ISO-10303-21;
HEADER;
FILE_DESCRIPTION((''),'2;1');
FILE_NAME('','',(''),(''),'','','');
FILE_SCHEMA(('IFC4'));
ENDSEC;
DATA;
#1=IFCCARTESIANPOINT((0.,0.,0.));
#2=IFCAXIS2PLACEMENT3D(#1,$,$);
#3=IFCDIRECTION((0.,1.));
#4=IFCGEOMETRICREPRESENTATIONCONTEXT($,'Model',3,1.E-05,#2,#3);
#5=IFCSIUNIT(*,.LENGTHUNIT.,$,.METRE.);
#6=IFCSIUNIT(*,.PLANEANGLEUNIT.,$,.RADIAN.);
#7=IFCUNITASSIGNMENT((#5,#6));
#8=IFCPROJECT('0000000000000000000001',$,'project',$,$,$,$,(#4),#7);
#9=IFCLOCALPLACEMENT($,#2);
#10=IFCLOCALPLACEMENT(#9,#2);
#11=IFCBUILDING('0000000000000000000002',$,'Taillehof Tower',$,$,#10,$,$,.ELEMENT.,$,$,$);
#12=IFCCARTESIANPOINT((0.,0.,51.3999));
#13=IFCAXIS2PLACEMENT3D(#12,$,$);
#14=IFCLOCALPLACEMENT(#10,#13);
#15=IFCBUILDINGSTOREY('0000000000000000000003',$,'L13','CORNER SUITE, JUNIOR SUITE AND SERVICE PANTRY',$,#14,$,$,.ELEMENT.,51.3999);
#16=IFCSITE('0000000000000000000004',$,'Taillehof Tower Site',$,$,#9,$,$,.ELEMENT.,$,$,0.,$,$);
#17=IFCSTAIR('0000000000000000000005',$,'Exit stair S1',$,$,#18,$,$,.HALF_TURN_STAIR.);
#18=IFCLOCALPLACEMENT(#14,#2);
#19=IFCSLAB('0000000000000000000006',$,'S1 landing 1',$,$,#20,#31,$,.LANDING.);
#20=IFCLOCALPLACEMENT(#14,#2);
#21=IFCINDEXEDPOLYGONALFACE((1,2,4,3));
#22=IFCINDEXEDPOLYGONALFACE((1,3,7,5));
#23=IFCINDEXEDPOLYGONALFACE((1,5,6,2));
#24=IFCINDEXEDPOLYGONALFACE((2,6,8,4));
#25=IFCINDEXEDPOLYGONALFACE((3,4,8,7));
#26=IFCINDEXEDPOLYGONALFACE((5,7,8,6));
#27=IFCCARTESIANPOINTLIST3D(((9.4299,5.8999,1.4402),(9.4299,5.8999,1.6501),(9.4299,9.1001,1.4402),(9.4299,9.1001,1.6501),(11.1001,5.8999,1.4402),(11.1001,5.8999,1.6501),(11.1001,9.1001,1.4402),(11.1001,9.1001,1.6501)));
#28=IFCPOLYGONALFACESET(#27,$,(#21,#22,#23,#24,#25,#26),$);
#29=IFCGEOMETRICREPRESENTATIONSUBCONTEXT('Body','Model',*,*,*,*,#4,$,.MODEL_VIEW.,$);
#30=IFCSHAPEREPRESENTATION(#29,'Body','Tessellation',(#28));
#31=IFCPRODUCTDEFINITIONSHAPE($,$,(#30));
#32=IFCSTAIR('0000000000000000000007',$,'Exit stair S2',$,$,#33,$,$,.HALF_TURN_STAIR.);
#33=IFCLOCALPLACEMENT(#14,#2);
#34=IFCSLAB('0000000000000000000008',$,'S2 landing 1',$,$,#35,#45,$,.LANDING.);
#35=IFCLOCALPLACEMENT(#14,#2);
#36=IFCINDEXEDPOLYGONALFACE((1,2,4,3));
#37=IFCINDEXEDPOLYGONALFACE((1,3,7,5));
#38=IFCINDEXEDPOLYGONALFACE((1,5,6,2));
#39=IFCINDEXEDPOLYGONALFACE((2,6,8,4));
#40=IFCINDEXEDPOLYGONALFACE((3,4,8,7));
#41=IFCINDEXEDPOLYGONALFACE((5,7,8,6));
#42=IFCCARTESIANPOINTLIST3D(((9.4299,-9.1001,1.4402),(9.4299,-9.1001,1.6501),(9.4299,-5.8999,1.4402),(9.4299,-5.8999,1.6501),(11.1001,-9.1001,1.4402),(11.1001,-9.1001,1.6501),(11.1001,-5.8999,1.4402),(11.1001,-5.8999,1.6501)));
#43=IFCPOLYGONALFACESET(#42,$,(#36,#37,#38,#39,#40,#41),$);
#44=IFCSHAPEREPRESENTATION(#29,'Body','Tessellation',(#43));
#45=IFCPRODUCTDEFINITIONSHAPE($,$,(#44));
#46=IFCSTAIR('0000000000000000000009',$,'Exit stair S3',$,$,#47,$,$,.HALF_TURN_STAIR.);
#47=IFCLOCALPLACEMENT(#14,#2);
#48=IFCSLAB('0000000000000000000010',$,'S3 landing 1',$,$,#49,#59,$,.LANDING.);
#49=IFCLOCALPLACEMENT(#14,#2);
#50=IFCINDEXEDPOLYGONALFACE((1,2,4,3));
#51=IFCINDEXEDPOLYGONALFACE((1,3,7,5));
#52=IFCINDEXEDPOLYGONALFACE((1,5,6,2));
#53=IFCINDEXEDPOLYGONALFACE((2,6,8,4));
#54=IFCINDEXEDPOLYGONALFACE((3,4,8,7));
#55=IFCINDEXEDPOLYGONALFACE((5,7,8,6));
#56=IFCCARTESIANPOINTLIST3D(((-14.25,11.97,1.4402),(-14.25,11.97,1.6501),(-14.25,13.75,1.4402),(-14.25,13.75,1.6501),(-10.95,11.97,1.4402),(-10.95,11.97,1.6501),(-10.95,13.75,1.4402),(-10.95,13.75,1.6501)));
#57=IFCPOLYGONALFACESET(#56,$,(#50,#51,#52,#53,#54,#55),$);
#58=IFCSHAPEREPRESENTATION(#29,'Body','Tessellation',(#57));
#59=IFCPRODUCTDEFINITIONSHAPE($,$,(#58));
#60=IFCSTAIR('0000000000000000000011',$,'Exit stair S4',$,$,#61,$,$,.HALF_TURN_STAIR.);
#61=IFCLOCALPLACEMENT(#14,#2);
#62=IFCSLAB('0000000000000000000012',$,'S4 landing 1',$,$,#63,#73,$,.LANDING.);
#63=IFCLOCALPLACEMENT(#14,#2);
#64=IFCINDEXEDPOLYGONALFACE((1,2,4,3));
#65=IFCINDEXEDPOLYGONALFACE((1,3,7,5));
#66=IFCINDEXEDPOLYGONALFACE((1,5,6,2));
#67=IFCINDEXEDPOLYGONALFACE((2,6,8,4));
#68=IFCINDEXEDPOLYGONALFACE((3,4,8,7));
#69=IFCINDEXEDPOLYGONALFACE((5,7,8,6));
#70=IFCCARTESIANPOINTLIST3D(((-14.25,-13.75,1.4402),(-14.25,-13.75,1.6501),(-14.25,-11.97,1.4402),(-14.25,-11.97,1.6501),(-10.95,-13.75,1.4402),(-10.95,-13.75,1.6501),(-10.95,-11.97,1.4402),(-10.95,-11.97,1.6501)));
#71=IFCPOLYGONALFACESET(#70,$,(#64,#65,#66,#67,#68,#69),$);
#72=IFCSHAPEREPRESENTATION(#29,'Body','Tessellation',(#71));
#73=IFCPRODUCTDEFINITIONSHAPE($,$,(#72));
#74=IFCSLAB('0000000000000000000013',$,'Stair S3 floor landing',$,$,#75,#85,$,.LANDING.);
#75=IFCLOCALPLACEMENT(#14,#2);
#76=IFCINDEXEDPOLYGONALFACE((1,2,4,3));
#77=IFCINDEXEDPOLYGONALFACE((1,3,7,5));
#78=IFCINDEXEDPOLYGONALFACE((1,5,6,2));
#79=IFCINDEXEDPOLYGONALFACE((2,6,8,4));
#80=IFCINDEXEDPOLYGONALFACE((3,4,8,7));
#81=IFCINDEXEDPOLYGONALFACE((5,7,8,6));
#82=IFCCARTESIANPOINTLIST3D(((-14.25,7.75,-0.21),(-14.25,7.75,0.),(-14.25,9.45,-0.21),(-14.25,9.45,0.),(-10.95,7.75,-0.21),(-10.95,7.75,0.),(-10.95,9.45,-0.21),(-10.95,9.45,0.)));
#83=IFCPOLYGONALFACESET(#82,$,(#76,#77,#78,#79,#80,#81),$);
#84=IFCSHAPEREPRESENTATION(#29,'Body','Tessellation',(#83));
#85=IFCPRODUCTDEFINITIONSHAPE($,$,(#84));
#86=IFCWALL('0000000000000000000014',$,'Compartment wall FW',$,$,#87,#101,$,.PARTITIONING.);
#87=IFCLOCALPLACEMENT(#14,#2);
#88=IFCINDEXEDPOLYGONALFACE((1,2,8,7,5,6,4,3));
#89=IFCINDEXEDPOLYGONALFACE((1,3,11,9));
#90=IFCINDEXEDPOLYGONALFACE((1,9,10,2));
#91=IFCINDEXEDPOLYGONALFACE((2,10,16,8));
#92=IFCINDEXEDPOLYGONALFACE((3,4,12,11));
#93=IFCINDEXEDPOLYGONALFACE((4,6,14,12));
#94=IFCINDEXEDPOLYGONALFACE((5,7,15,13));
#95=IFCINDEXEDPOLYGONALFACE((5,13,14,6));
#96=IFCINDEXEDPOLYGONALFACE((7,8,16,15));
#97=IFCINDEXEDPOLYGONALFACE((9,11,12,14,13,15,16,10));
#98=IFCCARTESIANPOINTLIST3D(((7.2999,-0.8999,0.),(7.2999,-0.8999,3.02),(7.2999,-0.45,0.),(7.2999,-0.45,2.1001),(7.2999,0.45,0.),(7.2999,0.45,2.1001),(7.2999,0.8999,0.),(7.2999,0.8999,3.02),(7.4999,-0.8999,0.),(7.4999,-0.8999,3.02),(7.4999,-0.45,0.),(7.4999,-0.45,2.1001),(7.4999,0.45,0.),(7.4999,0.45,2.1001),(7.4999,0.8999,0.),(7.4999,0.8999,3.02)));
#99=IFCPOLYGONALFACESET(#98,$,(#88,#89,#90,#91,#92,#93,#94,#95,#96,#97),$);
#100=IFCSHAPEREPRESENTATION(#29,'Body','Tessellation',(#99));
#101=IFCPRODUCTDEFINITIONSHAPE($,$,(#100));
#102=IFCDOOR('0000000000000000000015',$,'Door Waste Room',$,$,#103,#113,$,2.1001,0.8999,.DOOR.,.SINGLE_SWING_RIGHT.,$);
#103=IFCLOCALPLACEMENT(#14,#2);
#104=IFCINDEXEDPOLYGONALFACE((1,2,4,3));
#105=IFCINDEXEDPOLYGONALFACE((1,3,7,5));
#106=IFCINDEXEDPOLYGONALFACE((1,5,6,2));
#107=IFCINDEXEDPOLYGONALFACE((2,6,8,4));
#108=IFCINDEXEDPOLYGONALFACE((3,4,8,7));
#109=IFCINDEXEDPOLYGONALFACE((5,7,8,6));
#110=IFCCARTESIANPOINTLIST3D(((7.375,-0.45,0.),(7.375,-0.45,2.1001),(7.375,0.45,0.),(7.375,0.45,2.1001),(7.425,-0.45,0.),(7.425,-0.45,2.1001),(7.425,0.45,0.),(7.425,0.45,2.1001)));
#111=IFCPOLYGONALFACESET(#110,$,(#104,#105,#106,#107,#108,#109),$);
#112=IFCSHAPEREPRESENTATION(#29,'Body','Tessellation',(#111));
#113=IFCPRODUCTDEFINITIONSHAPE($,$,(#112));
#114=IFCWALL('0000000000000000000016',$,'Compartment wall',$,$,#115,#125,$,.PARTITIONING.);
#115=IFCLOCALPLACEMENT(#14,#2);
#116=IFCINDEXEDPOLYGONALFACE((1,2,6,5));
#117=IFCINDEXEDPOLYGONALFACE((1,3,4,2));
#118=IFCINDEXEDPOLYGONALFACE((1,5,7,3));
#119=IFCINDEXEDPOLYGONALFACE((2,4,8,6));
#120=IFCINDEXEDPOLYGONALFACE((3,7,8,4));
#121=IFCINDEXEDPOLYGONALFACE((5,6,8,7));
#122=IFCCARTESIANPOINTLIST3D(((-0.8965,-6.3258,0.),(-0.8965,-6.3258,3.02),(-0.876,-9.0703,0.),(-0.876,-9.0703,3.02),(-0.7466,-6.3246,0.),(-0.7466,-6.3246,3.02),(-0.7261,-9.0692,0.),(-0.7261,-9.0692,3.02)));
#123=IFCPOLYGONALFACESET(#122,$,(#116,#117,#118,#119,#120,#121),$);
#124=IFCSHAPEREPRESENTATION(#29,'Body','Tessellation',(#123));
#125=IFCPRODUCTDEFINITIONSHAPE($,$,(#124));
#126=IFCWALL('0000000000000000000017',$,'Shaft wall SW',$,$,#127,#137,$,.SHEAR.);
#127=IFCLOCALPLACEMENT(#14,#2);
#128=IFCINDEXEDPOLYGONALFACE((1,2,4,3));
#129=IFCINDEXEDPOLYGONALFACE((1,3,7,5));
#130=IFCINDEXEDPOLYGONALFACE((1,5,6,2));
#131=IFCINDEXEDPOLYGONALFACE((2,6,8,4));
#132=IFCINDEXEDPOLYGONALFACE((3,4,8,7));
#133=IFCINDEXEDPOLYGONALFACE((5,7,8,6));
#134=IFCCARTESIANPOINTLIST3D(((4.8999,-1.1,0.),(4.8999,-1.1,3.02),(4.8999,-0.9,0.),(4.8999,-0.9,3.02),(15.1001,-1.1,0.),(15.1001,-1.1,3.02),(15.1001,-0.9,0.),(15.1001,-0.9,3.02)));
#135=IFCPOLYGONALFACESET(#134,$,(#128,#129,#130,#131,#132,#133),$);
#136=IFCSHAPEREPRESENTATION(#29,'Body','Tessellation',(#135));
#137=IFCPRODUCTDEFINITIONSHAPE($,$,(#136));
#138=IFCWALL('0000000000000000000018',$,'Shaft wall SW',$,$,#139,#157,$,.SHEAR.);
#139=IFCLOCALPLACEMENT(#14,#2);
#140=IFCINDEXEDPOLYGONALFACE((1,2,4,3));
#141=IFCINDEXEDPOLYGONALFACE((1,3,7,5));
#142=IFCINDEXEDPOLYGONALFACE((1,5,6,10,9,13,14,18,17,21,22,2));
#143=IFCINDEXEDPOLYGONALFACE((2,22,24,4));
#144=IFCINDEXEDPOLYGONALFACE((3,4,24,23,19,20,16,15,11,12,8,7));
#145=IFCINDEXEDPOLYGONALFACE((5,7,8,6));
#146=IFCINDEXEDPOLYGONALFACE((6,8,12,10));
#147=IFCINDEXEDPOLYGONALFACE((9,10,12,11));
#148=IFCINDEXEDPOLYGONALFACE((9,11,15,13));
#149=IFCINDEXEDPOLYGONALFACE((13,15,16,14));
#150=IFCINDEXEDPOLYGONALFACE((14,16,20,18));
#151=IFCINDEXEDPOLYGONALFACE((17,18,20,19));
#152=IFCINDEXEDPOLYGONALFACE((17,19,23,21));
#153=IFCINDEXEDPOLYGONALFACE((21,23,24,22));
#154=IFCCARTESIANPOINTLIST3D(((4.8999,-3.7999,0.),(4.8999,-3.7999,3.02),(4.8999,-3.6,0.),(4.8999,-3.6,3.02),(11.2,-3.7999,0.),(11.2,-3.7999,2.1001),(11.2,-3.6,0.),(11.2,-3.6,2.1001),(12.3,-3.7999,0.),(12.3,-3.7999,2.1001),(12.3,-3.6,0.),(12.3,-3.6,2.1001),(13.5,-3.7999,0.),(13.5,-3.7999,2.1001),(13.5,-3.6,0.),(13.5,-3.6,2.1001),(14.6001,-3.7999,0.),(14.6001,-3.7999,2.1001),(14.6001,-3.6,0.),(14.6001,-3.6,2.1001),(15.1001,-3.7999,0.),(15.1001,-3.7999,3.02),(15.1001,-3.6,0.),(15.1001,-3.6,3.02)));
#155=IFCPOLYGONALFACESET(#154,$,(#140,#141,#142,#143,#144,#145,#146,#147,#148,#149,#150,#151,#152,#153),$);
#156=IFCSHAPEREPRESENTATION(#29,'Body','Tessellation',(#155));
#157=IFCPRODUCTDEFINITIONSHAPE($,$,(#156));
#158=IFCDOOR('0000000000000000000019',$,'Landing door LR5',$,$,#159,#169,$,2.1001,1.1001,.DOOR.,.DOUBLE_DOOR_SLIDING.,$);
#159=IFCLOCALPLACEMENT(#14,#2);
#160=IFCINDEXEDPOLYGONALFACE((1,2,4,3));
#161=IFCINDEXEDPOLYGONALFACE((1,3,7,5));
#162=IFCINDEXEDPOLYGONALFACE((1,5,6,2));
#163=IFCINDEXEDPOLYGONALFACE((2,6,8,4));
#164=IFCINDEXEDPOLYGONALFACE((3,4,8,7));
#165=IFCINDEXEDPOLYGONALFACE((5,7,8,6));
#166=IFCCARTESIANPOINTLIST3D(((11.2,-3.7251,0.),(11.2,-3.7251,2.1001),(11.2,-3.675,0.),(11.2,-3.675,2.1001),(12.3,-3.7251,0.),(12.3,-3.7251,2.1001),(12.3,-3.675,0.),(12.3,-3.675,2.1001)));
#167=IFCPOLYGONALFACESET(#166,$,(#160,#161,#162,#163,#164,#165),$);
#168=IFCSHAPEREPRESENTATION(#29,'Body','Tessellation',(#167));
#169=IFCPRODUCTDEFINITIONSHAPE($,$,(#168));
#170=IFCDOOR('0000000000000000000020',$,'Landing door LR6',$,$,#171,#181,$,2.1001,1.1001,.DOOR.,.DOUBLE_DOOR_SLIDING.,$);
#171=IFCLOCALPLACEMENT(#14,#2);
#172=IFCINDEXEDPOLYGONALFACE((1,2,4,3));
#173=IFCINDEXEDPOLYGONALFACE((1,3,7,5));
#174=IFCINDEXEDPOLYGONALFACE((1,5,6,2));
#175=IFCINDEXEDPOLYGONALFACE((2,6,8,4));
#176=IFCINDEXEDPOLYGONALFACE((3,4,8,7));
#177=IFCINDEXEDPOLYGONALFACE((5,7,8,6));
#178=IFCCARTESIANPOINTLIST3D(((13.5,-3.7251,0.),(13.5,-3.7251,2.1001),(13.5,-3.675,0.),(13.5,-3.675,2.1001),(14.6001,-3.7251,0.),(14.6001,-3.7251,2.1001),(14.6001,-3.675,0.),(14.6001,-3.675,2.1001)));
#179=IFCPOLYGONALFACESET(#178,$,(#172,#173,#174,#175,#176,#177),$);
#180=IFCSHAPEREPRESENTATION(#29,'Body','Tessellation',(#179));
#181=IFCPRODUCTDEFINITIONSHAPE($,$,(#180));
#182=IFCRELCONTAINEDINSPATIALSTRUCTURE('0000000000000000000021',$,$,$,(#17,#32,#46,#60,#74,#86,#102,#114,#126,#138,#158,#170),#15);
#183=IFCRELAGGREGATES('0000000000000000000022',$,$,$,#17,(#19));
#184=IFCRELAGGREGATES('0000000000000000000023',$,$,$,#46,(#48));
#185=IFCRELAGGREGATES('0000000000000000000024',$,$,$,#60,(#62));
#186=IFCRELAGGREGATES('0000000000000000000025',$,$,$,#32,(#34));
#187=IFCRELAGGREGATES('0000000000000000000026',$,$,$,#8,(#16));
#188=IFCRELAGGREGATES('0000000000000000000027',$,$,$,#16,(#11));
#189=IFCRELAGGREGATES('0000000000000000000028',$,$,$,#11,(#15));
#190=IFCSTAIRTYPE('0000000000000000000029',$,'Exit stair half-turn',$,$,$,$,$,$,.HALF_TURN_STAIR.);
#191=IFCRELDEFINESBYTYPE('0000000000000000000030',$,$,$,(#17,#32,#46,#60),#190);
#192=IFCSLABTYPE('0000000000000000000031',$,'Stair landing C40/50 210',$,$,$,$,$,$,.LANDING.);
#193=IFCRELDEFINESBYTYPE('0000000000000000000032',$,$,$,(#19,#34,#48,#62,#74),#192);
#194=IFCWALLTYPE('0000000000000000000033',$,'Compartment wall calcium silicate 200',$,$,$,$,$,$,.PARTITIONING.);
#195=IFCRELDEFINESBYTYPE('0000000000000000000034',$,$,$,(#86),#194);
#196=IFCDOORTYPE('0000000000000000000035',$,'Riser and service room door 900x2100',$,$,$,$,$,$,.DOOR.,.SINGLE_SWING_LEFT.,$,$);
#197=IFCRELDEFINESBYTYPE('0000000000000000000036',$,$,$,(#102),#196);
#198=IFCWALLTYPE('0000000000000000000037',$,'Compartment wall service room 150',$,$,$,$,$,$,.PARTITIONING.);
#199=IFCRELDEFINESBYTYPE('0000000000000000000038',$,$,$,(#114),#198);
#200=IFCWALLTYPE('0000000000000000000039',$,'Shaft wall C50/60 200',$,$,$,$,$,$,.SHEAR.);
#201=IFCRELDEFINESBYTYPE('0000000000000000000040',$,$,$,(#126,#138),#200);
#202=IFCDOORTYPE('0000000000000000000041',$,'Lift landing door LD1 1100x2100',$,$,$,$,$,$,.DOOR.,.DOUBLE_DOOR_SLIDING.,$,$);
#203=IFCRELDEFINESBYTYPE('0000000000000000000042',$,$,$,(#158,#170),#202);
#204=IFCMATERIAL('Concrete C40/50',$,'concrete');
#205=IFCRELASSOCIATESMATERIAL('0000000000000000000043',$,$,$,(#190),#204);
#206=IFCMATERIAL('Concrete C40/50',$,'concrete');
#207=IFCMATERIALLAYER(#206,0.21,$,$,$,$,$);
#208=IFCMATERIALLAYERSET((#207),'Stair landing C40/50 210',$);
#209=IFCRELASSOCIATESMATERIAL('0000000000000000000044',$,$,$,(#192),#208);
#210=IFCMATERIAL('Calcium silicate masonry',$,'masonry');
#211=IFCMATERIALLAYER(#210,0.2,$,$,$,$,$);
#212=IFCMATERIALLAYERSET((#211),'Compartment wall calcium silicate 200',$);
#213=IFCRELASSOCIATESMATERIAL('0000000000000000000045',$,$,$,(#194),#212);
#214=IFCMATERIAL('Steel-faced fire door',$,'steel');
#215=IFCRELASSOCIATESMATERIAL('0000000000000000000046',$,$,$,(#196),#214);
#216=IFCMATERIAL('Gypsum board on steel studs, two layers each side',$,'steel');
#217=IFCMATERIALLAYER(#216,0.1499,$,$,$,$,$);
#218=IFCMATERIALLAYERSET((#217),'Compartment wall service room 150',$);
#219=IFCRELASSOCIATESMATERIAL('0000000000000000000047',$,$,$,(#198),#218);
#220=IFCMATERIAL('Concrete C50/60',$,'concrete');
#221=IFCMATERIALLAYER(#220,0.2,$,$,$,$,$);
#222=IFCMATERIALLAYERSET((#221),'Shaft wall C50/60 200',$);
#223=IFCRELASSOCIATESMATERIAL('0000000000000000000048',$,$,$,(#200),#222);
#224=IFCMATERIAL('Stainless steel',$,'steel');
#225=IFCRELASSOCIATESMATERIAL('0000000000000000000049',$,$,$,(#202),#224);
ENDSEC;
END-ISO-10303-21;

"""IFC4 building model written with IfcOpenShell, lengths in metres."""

from ifc_helpers import new_model, si_unit, direction, frame, frame_2d, origin, place, context, subcontext, project, spatial, polyline, rectangle, outline, extrude, material, layer, layer_set, type_object, element, fill, aggregate, save


model = new_model("IFC4")

# Units and contexts
model_context = context("Model", 3, precision=1e-05, world=origin(), true_north=direction((0.0, 1.0)))
body_context = subcontext(model_context, "Body", "Model", "MODEL_VIEW")
ifc_project = project(units=[si_unit("LENGTHUNIT", "METRE"), si_unit("PLANEANGLEUNIT", "RADIAN")], contexts=[model_context])

# Site, building, storey
site_placement = place(None, origin())
site = spatial("IfcSite", under=ifc_project, at=site_placement, Name="Taillehof Tower Site", CompositionType="ELEMENT", RefElevation=0.0)
building_placement = place(site_placement, origin())
building = spatial("IfcBuilding", under=site, at=building_placement, Name="Taillehof Tower", CompositionType="ELEMENT")
storey_placement = place(building_placement, frame((0.0, 0.0, 51.3999)))
storey = spatial("IfcBuildingStorey", under=building, at=storey_placement, Name="L13", Description="CORNER SUITE, JUNIOR SUITE AND SERVICE PANTRY", CompositionType="ELEMENT", Elevation=51.3999)

# Stairs, slabs
ifc_material_1 = material(Name="Concrete C40/50", Category="concrete")
stair_type = type_object("IfcStairType", Name="Exit stair half-turn", PredefinedType="HALF_TURN_STAIR", material=ifc_material_1)
stair_1_placement = place(storey_placement, origin())
stair_1 = element("IfcStair", 1, at=stair_1_placement, inside=storey, type_object=stair_type, Name="Exit stair S1", PredefinedType="HALF_TURN_STAIR")
ifc_material_2 = material(Name="Concrete C40/50", Category="concrete")
ifc_layer_1 = layer(ifc_material_2, 0.21)
ifc_layer_set_1 = layer_set([ifc_layer_1], Name="Stair landing C40/50 210")
slab_type_1 = type_object("IfcSlabType", Name="Stair landing C40/50 210", PredefinedType="LANDING", material=ifc_layer_set_1)
slab_1_placement = place(storey_placement, frame((0.0, 0.0, 1.4402)))
slab_1 = element("IfcSlab", 2, at=slab_1_placement, type_object=slab_type_1, Name="S1 landing 1", PredefinedType="LANDING", context=body_context, shape_type="SweptSolid", body=[
    extrude(outline(polyline([(9.4299, 5.8999), (11.1001, 5.8999), (11.1001, 9.1001), (9.4299, 9.1001), (9.4299, 5.8999)])), origin(), (0.0, 0.0, 1.0), 0.21),
])
aggregate(stair_1, [slab_1])
stair_2_placement = place(storey_placement, origin())
stair_2 = element("IfcStair", 3, at=stair_2_placement, inside=storey, type_object=stair_type, Name="Exit stair S2", PredefinedType="HALF_TURN_STAIR")
slab_2_placement = place(storey_placement, frame((0.0, 0.0, 1.4402)))
slab_2 = element("IfcSlab", 4, at=slab_2_placement, type_object=slab_type_1, Name="S2 landing 1", PredefinedType="LANDING", context=body_context, shape_type="SweptSolid", body=[
    extrude(outline(polyline([(9.4299, -5.8999), (11.1001, -5.8999), (11.1001, -9.1001), (9.4299, -9.1001), (9.4299, -5.8999)])), origin(), (0.0, 0.0, 1.0), 0.21),
])
stair_3_placement = place(storey_placement, origin())
stair_3 = element("IfcStair", 5, at=stair_3_placement, inside=storey, type_object=stair_type, Name="Exit stair S3", PredefinedType="HALF_TURN_STAIR")
slab_3_placement = place(storey_placement, frame((0.0, 0.0, 1.4402)))
slab_3 = element("IfcSlab", 6, at=slab_3_placement, type_object=slab_type_1, Name="S3 landing 1", PredefinedType="LANDING", context=body_context, shape_type="SweptSolid", body=[
    extrude(outline(polyline([(-14.25, 11.97), (-14.25, 13.75), (-10.95, 13.75), (-10.95, 11.97), (-14.25, 11.97)])), origin(), (0.0, 0.0, 1.0), 0.21),
])
aggregate(stair_3, [slab_3])
stair_4_placement = place(storey_placement, origin())
stair_4 = element("IfcStair", 7, at=stair_4_placement, inside=storey, type_object=stair_type, Name="Exit stair S4", PredefinedType="HALF_TURN_STAIR")
slab_4_placement = place(storey_placement, frame((0.0, 0.0, 1.4402)))
slab_4 = element("IfcSlab", 8, at=slab_4_placement, type_object=slab_type_1, Name="S4 landing 1", PredefinedType="LANDING", context=body_context, shape_type="SweptSolid", body=[
    extrude(outline(polyline([(-14.25, -11.97), (-14.25, -13.75), (-10.95, -13.75), (-10.95, -11.97), (-14.25, -11.97)])), origin(), (0.0, 0.0, 1.0), 0.21),
])
aggregate(stair_4, [slab_4])

# Slab
slab_5_placement = place(storey_placement, frame((0.0, 0.0, -0.21)))
element("IfcSlab", 9, at=slab_5_placement, inside=storey, type_object=slab_type_1, Name="Stair S3 floor landing", PredefinedType="LANDING", context=body_context, shape_type="SweptSolid", body=[
    extrude(outline(polyline([(-14.25, 7.75), (-14.25, 9.45), (-10.95, 9.45), (-10.95, 7.75), (-14.25, 7.75)])), origin(), (0.0, 0.0, 1.0), 0.21),
])

# Wall, opening, door
ifc_material_3 = material(Name="Calcium silicate masonry", Category="masonry")
ifc_layer_2 = layer(ifc_material_3, 0.2)
ifc_layer_set_2 = layer_set([ifc_layer_2], Name="Compartment wall calcium silicate 200")
wall_type_1 = type_object("IfcWallType", Name="Compartment wall calcium silicate 200", PredefinedType="PARTITIONING", material=ifc_layer_set_2)
wall_1_placement = place(storey_placement, frame((7.3999, -0.8999, 0.0), z_axis=(0.0, 0.0, 1.0), x_axis=(0.0, 1.0, 0.0)))
wall_1 = element("IfcWall", 10, at=wall_1_placement, inside=storey, type_object=wall_type_1, Name="Compartment wall FW", PredefinedType="PARTITIONING", context=body_context, shape_type="SweptSolid", body=[
    extrude(rectangle(XDim=1.7998, YDim=0.2, at=frame_2d((0.8999, 0.0))), origin(), (0.0, 0.0, 1.0), 3.02),
])
opening_1_placement = place(wall_1_placement, frame((0.45, 0.0, 0.0)))
opening_1 = element("IfcOpeningElement", 11, at=opening_1_placement, cuts=wall_1, PredefinedType="OPENING", context=body_context, shape_type="SweptSolid", body=[
    extrude(rectangle(XDim=0.8999, YDim=2.1001, at=frame_2d((0.45, 1.05))), frame((0.0, 0.1099, 0.0), z_axis=(0.0, -1.0, 0.0), x_axis=(1.0, 0.0, 0.0)), (0.0, 0.0, 1.0), 0.22),
])
ifc_material_4 = material(Name="Steel-faced fire door", Category="steel")
door_type_1 = type_object("IfcDoorType", Name="Riser and service room door 900x2100", OperationType="SINGLE_SWING_LEFT", PredefinedType="DOOR", material=ifc_material_4)
door_1_placement = place(opening_1_placement, origin())
door_1 = element("IfcDoor", 12, at=door_1_placement, inside=storey, type_object=door_type_1, Name="Door Waste Room", OperationType="SINGLE_SWING_RIGHT", OverallHeight=2.1001, OverallWidth=0.8999, PredefinedType="DOOR", context=body_context, shape_type="SweptSolid", body=[
    extrude(rectangle(XDim=0.8999, YDim=2.1001, at=frame_2d((0.45, 1.05))), frame((0.0, 0.0249, 0.0), z_axis=(0.0, -1.0, 0.0), x_axis=(1.0, 0.0, 0.0)), (0.0, 0.0, 1.0), 0.05),
])
fill(opening_1, door_1)

# Walls
ifc_material_5 = material(Name="Gypsum board on steel studs, two layers each side", Category="steel")
ifc_layer_3 = layer(ifc_material_5, 0.1499)
ifc_layer_set_3 = layer_set([ifc_layer_3], Name="Compartment wall service room 150")
wall_type_2 = type_object("IfcWallType", Name="Compartment wall service room 150", PredefinedType="PARTITIONING", material=ifc_layer_set_3)
wall_2_placement = place(storey_placement, frame((-0.8215, -6.3252, 0.0), z_axis=(0.0, 0.0, 1.0), x_axis=(0.007472, -0.999972, 0.0)))
element("IfcWall", 13, at=wall_2_placement, inside=storey, type_object=wall_type_2, Name="Compartment wall", PredefinedType="PARTITIONING", context=body_context, shape_type="SweptSolid", body=[
    extrude(rectangle(XDim=2.7446, YDim=0.1499, at=frame_2d((1.3723, 0.0))), origin(), (0.0, 0.0, 1.0), 3.02),
])
ifc_material_6 = material(Name="Concrete C50/60", Category="concrete")
ifc_layer_4 = layer(ifc_material_6, 0.2)
ifc_layer_set_4 = layer_set([ifc_layer_4], Name="Shaft wall C50/60 200")
wall_type_3 = type_object("IfcWallType", Name="Shaft wall C50/60 200", PredefinedType="SHEAR", material=ifc_layer_set_4)
wall_3_placement = place(storey_placement, frame((4.8999, -1.0, 0.0), z_axis=(0.0, 0.0, 1.0), x_axis=(1.0, 0.0, 0.0)))
element("IfcWall", 14, at=wall_3_placement, inside=storey, type_object=wall_type_3, Name="Shaft wall SW", PredefinedType="SHEAR", context=body_context, shape_type="SweptSolid", body=[
    extrude(rectangle(XDim=10.2002, YDim=0.2, at=frame_2d((5.1001, 0.0))), origin(), (0.0, 0.0, 1.0), 3.02),
])

# Wall, openings, doors
wall_4_placement = place(storey_placement, frame((4.8999, -3.7, 0.0), z_axis=(0.0, 0.0, 1.0), x_axis=(1.0, 0.0, 0.0)))
wall_4 = element("IfcWall", 15, at=wall_4_placement, inside=storey, type_object=wall_type_3, Name="Shaft wall SW", PredefinedType="SHEAR", context=body_context, shape_type="SweptSolid", body=[
    extrude(rectangle(XDim=10.2002, YDim=0.2, at=frame_2d((5.1001, 0.0))), origin(), (0.0, 0.0, 1.0), 3.02),
])
opening_2_placement = place(wall_4_placement, frame((6.3, 0.0, 0.0)))
opening_2 = element("IfcOpeningElement", 16, at=opening_2_placement, cuts=wall_4, PredefinedType="OPENING", context=body_context, shape_type="SweptSolid", body=[
    extrude(rectangle(XDim=1.1001, YDim=2.1001, at=frame_2d((0.55, 1.05))), frame((0.0, 0.1099, 0.0), z_axis=(0.0, -1.0, 0.0), x_axis=(1.0, 0.0, 0.0)), (0.0, 0.0, 1.0), 0.22),
])
opening_3_placement = place(wall_4_placement, frame((8.6001, 0.0, 0.0)))
opening_3 = element("IfcOpeningElement", 17, at=opening_3_placement, cuts=wall_4, PredefinedType="OPENING", context=body_context, shape_type="SweptSolid", body=[
    extrude(rectangle(XDim=1.1001, YDim=2.1001, at=frame_2d((0.55, 1.05))), frame((0.0, 0.1099, 0.0), z_axis=(0.0, -1.0, 0.0), x_axis=(1.0, 0.0, 0.0)), (0.0, 0.0, 1.0), 0.22),
])
ifc_material_7 = material(Name="Stainless steel", Category="steel")
door_type_2 = type_object("IfcDoorType", Name="Lift landing door LD1 1100x2100", OperationType="DOUBLE_DOOR_SLIDING", PredefinedType="DOOR", material=ifc_material_7)
door_2_placement = place(opening_2_placement, origin())
door_2 = element("IfcDoor", 18, at=door_2_placement, inside=storey, type_object=door_type_2, Name="Landing door LR5", OperationType="DOUBLE_DOOR_SLIDING", OverallHeight=2.1001, OverallWidth=1.1001, PredefinedType="DOOR", context=body_context, shape_type="SweptSolid", body=[
    extrude(rectangle(XDim=1.1001, YDim=2.1001, at=frame_2d((0.55, 1.05))), frame((0.0, 0.0249, 0.0), z_axis=(0.0, -1.0, 0.0), x_axis=(1.0, 0.0, 0.0)), (0.0, 0.0, 1.0), 0.05),
])
fill(opening_2, door_2)
door_3_placement = place(opening_3_placement, origin())
door_3 = element("IfcDoor", 19, at=door_3_placement, inside=storey, type_object=door_type_2, Name="Landing door LR6", OperationType="DOUBLE_DOOR_SLIDING", OverallHeight=2.1001, OverallWidth=1.1001, PredefinedType="DOOR", context=body_context, shape_type="SweptSolid", body=[
    extrude(rectangle(XDim=1.1001, YDim=2.1001, at=frame_2d((0.55, 1.05))), frame((0.0, 0.0249, 0.0), z_axis=(0.0, -1.0, 0.0), x_axis=(1.0, 0.0, 0.0)), (0.0, 0.0, 1.0), 0.05),
])
fill(opening_3, door_3)

aggregate(stair_2, [slab_2])

save(model, "model.ifc")
